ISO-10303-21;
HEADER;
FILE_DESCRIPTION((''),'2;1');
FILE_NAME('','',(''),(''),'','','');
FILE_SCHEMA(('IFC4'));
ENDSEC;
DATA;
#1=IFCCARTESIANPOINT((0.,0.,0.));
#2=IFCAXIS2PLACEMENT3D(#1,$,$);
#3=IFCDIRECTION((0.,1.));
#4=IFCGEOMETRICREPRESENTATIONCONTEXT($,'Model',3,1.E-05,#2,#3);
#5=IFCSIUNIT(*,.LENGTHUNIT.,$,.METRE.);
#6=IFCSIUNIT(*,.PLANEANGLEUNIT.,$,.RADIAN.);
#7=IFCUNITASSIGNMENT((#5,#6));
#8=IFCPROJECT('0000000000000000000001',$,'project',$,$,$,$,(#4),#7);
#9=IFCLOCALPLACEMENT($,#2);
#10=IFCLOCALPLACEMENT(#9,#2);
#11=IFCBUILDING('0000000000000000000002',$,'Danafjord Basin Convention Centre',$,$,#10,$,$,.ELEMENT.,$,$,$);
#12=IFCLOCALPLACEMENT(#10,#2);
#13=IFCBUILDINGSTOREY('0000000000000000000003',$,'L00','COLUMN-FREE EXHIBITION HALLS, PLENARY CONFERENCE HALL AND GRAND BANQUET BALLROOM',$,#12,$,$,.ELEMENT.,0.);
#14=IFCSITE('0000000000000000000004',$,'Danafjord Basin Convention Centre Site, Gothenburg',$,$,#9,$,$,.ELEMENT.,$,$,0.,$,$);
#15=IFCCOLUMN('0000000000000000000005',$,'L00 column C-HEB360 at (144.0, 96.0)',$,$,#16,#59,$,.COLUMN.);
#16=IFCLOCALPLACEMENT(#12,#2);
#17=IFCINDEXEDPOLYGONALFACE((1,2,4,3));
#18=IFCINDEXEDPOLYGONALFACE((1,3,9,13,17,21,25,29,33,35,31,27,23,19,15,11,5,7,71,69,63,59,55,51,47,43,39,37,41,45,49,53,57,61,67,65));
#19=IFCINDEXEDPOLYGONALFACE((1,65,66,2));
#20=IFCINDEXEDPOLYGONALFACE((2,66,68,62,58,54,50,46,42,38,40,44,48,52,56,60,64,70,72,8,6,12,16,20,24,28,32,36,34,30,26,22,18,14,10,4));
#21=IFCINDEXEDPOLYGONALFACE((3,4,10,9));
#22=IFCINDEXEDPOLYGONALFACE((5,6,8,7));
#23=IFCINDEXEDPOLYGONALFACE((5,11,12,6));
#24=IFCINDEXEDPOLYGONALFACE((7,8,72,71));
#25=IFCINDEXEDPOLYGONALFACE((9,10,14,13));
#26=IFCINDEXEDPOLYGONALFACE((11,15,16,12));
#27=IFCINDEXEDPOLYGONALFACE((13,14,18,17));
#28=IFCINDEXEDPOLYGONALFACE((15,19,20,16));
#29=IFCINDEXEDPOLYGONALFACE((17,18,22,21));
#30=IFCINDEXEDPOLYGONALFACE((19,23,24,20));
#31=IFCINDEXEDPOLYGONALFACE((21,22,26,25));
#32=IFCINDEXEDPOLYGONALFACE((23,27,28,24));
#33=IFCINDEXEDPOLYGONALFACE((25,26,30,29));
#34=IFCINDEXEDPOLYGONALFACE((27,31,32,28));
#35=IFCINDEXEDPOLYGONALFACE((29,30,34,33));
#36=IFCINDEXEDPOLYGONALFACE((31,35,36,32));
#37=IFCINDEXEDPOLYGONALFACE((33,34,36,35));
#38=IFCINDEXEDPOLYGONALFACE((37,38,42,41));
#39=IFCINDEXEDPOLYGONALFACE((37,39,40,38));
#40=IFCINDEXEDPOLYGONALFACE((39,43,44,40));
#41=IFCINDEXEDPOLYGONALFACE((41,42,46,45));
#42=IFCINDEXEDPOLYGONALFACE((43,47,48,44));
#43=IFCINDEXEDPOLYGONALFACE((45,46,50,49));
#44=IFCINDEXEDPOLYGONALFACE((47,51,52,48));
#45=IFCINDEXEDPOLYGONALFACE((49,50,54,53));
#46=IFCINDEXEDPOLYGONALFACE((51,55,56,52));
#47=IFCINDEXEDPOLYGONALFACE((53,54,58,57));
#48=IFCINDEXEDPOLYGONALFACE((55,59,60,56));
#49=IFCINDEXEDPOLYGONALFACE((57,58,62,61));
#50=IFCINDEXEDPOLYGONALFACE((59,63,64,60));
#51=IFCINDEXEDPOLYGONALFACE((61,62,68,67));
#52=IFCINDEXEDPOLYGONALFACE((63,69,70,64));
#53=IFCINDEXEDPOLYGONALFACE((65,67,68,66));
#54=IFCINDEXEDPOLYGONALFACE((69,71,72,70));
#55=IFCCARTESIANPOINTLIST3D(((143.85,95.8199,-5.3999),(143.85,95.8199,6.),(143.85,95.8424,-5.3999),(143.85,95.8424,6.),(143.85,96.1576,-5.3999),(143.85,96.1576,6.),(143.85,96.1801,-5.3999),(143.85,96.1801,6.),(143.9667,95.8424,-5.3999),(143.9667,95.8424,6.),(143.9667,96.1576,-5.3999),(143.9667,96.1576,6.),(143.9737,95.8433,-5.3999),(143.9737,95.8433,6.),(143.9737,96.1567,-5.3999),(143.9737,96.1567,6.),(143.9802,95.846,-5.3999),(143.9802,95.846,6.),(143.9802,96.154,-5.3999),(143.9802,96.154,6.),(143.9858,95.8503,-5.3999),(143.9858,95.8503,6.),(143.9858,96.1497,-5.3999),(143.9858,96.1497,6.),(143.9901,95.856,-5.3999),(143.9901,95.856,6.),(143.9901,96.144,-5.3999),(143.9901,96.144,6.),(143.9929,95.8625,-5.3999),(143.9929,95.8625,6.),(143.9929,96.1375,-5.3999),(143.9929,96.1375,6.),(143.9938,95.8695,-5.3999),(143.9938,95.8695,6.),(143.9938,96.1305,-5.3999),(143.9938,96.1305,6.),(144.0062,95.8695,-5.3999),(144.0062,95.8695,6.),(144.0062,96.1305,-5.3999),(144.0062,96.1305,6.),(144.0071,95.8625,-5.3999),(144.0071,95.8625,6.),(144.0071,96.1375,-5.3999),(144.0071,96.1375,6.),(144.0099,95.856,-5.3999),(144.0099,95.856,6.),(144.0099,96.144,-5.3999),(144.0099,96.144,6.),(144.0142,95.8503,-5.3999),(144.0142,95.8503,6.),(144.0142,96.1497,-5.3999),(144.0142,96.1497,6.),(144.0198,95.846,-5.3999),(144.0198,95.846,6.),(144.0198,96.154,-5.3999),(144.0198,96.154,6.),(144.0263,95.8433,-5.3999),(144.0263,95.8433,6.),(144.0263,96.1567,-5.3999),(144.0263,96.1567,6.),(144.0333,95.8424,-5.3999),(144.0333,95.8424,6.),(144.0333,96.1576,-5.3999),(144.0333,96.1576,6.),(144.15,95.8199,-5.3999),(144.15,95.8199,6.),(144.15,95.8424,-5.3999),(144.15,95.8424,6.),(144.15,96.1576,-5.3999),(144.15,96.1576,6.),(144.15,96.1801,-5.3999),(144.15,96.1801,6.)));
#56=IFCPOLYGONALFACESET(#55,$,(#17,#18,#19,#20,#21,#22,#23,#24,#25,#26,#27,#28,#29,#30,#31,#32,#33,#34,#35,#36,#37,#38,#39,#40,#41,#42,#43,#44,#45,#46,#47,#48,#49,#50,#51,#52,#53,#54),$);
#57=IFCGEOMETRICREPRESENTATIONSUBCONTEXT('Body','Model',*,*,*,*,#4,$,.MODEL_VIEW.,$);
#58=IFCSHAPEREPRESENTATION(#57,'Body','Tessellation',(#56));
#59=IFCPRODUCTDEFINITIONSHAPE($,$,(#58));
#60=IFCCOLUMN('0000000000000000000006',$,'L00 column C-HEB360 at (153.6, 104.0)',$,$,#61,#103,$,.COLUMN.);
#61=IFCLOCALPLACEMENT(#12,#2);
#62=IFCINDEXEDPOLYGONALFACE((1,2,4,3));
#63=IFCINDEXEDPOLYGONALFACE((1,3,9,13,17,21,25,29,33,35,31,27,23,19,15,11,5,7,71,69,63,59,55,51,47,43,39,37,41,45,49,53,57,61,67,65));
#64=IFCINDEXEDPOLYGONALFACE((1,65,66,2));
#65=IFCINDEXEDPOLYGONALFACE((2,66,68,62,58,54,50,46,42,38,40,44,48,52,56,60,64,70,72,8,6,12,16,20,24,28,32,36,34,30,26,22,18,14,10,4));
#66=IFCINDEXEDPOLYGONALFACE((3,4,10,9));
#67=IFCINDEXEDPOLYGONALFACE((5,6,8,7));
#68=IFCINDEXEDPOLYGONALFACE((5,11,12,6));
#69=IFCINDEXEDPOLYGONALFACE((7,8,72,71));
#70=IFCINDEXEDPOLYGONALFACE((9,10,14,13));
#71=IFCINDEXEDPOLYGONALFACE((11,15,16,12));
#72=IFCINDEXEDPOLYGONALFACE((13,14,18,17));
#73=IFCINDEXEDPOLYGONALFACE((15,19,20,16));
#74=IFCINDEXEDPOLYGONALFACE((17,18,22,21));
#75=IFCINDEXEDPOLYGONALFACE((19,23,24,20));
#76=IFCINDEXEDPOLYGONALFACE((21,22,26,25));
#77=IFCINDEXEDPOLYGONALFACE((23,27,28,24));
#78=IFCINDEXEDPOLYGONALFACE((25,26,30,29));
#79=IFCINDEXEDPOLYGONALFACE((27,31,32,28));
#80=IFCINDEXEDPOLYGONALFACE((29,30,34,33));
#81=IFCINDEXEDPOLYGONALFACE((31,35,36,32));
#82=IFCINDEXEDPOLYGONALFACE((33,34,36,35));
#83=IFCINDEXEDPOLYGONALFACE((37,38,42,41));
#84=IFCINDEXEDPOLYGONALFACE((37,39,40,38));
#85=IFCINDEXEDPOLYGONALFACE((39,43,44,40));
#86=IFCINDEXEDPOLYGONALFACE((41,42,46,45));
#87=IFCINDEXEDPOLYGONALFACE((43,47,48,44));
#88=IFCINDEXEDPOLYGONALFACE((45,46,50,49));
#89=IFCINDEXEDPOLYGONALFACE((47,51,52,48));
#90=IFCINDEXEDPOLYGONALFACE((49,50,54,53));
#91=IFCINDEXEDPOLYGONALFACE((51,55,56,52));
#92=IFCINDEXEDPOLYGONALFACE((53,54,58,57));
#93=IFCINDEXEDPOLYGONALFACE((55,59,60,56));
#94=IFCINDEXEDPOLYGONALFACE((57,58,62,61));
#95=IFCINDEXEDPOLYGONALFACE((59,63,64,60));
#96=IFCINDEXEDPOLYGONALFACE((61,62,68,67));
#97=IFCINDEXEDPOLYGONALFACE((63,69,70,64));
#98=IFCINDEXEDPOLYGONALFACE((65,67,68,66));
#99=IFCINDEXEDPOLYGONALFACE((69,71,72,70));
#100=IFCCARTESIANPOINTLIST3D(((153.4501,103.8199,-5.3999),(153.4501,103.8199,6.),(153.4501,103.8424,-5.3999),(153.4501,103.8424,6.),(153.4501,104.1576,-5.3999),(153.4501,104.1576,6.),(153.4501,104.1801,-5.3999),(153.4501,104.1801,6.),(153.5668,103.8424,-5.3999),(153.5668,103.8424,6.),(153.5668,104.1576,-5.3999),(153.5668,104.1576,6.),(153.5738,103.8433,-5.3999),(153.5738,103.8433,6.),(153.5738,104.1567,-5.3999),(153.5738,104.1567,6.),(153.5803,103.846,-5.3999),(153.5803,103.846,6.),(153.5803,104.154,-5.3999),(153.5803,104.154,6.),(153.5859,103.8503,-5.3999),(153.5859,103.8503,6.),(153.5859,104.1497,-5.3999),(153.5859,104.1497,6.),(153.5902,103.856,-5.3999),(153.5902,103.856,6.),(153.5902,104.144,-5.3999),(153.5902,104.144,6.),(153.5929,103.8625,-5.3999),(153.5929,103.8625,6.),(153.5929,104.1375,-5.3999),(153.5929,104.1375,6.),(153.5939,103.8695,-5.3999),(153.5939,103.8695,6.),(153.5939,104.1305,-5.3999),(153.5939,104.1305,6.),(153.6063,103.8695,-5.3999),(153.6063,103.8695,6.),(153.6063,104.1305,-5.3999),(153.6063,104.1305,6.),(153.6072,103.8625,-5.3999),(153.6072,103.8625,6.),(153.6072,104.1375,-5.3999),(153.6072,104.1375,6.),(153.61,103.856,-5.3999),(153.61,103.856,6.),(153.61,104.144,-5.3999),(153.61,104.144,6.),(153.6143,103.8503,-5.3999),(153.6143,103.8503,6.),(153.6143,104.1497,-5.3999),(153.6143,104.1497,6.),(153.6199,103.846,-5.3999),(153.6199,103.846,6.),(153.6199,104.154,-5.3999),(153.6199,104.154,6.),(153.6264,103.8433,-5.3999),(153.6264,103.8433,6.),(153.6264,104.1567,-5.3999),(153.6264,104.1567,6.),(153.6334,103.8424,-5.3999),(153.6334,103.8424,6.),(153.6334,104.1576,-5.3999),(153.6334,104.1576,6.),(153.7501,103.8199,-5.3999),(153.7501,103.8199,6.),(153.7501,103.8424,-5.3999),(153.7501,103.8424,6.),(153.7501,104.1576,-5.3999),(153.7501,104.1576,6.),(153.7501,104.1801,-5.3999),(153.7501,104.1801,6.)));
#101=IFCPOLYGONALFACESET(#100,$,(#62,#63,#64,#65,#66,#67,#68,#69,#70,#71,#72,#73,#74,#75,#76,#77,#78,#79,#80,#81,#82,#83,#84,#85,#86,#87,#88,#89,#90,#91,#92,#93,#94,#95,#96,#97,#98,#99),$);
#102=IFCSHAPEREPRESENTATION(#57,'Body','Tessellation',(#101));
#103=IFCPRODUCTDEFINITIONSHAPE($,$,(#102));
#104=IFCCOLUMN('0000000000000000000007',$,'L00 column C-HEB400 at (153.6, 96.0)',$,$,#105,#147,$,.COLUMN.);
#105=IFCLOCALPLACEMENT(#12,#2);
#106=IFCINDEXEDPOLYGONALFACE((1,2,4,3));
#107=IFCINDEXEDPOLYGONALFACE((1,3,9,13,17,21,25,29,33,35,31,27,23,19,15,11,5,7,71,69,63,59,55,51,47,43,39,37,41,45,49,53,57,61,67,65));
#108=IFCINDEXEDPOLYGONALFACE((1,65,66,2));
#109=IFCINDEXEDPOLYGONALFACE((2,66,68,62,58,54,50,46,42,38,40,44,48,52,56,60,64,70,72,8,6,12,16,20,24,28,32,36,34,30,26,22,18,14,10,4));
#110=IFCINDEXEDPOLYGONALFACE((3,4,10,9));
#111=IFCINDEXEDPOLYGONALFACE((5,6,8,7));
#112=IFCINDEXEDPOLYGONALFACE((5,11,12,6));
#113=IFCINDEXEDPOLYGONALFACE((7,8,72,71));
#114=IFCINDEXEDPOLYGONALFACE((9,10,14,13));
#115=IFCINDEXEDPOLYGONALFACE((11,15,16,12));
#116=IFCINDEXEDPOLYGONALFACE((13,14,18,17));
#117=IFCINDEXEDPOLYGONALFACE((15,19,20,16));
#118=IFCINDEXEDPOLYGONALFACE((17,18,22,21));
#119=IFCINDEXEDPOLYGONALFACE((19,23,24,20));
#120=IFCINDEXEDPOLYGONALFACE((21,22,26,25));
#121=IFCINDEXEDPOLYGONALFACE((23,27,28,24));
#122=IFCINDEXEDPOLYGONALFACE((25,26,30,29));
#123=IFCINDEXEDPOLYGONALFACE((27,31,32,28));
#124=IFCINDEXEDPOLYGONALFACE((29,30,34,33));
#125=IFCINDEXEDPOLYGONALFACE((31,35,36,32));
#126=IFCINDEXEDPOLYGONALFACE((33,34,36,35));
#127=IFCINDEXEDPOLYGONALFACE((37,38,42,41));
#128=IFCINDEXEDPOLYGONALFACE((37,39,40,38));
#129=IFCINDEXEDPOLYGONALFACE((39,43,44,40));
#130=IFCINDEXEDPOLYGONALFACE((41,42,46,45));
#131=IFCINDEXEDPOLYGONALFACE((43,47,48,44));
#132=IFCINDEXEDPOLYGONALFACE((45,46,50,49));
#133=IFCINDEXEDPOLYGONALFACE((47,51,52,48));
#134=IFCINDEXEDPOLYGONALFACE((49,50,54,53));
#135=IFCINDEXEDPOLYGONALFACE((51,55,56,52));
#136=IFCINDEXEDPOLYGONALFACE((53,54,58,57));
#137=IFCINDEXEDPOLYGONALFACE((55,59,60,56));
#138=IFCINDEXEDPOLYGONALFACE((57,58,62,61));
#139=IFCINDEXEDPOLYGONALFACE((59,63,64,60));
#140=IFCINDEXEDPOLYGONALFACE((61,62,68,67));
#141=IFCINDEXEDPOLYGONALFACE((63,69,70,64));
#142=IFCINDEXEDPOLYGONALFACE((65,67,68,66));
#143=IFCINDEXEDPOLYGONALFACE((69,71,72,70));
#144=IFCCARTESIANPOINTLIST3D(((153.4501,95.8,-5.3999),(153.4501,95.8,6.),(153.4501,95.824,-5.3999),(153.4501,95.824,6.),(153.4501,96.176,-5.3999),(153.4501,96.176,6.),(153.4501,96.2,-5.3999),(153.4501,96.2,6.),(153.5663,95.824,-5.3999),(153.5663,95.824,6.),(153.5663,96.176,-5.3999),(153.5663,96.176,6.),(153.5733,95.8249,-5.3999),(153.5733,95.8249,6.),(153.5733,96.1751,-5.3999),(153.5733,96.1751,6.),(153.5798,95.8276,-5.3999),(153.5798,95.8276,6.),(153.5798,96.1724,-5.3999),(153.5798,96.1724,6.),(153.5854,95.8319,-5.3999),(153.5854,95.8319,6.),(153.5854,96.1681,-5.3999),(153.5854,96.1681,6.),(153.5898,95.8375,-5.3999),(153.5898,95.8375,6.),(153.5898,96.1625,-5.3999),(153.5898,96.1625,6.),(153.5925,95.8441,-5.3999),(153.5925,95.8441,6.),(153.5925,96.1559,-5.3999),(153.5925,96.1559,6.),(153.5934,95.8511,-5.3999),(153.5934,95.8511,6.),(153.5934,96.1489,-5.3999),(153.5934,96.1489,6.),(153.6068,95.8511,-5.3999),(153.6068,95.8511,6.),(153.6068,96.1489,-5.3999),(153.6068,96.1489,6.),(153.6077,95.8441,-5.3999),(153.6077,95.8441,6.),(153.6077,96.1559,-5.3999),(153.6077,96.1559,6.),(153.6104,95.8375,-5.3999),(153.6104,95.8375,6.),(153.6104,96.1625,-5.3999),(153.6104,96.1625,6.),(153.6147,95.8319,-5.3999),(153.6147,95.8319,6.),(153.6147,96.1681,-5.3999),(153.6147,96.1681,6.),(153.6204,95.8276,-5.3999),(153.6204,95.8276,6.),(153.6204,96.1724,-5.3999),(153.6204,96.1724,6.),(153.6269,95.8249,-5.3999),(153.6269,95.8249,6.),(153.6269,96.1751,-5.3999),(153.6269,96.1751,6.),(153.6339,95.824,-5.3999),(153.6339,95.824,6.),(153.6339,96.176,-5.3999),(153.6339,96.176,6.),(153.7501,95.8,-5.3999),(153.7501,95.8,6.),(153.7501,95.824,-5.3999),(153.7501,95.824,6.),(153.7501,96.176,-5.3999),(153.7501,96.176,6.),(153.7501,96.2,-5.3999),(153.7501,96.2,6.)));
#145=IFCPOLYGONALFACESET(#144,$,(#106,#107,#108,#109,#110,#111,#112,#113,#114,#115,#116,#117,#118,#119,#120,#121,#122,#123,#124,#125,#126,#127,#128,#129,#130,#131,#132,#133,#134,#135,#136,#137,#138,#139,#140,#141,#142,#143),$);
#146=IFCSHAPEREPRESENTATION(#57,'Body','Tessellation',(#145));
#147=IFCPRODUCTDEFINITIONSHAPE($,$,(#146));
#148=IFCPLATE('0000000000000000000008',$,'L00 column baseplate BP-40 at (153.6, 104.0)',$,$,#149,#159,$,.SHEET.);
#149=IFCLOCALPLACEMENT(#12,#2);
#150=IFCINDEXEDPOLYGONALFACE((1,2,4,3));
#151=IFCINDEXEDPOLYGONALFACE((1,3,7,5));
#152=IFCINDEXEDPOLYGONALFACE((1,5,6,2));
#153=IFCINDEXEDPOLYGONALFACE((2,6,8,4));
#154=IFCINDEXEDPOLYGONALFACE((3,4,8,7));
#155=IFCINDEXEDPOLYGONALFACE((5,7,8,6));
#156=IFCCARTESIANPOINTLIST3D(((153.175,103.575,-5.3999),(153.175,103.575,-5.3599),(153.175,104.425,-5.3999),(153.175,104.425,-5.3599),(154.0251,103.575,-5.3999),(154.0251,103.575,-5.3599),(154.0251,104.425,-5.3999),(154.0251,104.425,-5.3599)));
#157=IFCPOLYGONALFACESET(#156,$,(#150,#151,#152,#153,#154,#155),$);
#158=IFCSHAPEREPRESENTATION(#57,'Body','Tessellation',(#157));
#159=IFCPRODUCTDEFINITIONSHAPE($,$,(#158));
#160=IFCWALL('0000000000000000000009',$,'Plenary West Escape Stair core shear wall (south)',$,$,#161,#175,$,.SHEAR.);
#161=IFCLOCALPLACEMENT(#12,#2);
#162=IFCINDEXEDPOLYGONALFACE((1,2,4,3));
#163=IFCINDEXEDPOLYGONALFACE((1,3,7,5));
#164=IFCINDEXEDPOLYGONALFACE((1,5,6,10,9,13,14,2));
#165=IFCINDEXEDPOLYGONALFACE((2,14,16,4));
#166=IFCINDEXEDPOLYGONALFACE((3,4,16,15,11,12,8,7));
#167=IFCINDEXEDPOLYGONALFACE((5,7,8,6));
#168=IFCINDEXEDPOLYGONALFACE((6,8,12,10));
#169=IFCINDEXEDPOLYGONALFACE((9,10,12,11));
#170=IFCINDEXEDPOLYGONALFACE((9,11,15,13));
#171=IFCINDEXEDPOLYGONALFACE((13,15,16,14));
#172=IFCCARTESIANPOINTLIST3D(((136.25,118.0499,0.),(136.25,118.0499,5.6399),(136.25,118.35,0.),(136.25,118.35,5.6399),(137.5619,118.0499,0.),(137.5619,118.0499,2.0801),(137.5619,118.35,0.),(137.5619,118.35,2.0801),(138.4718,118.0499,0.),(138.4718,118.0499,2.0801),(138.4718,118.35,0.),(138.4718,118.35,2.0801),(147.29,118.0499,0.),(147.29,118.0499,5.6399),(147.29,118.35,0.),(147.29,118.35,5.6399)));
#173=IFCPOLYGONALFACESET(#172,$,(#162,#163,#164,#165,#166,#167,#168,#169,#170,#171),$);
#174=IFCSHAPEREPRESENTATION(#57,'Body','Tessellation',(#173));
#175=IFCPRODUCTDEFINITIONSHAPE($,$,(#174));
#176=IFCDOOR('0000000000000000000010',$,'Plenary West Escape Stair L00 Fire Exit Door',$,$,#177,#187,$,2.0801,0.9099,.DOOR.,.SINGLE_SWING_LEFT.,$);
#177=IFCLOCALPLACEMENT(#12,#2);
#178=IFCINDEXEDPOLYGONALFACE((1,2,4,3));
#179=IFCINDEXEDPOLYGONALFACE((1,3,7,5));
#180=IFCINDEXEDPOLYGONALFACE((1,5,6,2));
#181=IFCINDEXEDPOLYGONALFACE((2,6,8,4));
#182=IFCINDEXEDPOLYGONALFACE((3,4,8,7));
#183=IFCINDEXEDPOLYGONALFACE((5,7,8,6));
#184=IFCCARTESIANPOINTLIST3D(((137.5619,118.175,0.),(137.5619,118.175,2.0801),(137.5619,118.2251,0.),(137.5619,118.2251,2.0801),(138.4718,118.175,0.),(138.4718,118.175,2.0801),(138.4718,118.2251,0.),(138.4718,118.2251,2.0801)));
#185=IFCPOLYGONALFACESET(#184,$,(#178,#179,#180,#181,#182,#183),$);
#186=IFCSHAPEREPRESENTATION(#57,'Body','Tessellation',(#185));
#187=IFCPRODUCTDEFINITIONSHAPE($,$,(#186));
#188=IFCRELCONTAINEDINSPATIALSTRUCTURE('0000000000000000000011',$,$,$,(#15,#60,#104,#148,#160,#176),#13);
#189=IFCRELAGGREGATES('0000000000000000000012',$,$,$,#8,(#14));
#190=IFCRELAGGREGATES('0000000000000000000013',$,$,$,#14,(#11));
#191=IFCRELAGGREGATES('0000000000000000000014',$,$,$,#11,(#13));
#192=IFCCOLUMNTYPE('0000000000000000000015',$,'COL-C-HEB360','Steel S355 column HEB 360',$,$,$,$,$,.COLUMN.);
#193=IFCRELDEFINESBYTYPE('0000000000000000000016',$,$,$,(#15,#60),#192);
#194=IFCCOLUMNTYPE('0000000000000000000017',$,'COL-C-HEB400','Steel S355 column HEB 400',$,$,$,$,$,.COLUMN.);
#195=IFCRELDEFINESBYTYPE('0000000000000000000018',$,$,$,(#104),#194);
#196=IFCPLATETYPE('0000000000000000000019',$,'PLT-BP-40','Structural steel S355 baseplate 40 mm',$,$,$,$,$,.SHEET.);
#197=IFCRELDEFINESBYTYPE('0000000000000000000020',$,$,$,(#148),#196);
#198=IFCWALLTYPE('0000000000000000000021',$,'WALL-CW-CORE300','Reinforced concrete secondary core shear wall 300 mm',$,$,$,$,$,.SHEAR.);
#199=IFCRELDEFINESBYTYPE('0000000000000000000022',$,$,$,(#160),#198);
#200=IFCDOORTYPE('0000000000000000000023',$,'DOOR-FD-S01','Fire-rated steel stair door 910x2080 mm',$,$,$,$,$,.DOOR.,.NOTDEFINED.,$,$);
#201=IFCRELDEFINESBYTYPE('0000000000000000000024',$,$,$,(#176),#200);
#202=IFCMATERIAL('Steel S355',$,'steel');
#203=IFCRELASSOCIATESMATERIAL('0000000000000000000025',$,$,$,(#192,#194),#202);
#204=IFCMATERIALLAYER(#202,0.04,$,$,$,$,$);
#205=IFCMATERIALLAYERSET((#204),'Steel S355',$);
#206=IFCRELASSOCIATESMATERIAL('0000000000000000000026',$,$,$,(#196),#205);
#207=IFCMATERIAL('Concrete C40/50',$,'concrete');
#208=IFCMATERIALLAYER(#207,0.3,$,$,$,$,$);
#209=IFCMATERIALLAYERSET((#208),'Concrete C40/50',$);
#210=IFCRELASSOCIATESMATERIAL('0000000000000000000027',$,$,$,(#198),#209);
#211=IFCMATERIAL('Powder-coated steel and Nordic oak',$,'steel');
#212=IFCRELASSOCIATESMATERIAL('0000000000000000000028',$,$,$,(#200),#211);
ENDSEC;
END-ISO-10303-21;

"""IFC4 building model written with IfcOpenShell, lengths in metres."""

from ifc_helpers import new_model, si_unit, direction, frame, frame_2d, origin, origin_2d, place, context, subcontext, project, spatial, rectangle, i_section, extrude, material, layer, layer_set, material_profile, profile_set, type_object, element, fill, save


model = new_model("IFC4")

# Units and contexts
model_context = context("Model", 3, precision=1e-05, world=origin(), true_north=direction((0.0, 1.0)))
body_context = subcontext(model_context, "Body", "Model", "MODEL_VIEW")
ifc_project = project(units=[si_unit("LENGTHUNIT", "METRE"), si_unit("PLANEANGLEUNIT", "RADIAN")], contexts=[model_context])

# Site, building, storey
site_placement = place(None, origin())
site = spatial("IfcSite", under=ifc_project, at=site_placement, Name="Danafjord Basin Convention Centre Site, Gothenburg", CompositionType="ELEMENT", RefElevation=0.0)
building_placement = place(site_placement, origin())
building = spatial("IfcBuilding", under=site, at=building_placement, Name="Danafjord Basin Convention Centre", CompositionType="ELEMENT")
storey_placement = place(building_placement, origin())
storey = spatial("IfcBuildingStorey", under=building, at=storey_placement, Name="L00", Description="COLUMN-FREE EXHIBITION HALLS, PLENARY CONFERENCE HALL AND GRAND BANQUET BALLROOM", CompositionType="ELEMENT", Elevation=0.0)

# Shared definitions
ifc_material_1 = material(Name="Concrete C40/50", Category="concrete")

# Columns
ifc_material_2 = material(Name="Steel S355", Category="steel")
ifc_material_profile_1 = material_profile(ifc_material_2, i_section(OverallWidth=0.3, OverallDepth=0.3601, WebThickness=0.0125, FlangeThickness=0.0225, FilletRadius=0.0271, at=origin_2d()), Name="HEB 360")
ifc_profile_set_1 = profile_set([ifc_material_profile_1], Name="Steel S355")
column_type_1 = type_object("IfcColumnType", Name="COL-C-HEB360", Description="Steel S355 column HEB 360", PredefinedType="COLUMN", material=ifc_profile_set_1)
for number, where, z_axis, x_axis, name in (
    (1, (144.0, 96.0, -5.3999), (0.0, 0.0, 1.0), (1.0, 0.0, 0.0), "L00 column C-HEB360 at (144.0, 96.0)"),
    (2, (153.6001, 104.0, -5.3999), (0.0, 0.0, 1.0), (1.0, 0.0, 0.0), "L00 column C-HEB360 at (153.6, 104.0)"),
):
    element("IfcColumn", number, at=place(storey_placement, frame(where, z_axis=z_axis, x_axis=x_axis)), inside=storey, type_object=column_type_1, Name=name, PredefinedType="COLUMN", context=body_context, shape_type="SweptSolid", body=[
        extrude(i_section(OverallWidth=0.3, OverallDepth=0.3601, WebThickness=0.0125, FlangeThickness=0.0225, FilletRadius=0.0271, at=origin_2d()), origin(), (0.0, 0.0, 1.0), 11.3999),
    ])
ifc_material_profile_2 = material_profile(ifc_material_2, i_section(OverallWidth=0.3, OverallDepth=0.3999, WebThickness=0.0134, FlangeThickness=0.0239, FilletRadius=0.0271, at=origin_2d()), Name="HEB 400")
ifc_profile_set_2 = profile_set([ifc_material_profile_2], Name="Steel S355")
column_type_2 = type_object("IfcColumnType", Name="COL-C-HEB400", Description="Steel S355 column HEB 400", PredefinedType="COLUMN", material=ifc_profile_set_2)
column_1_placement = place(storey_placement, frame((153.6001, 96.0, -5.3999), z_axis=(0.0, 0.0, 1.0), x_axis=(1.0, 0.0, 0.0)))
element("IfcColumn", 3, at=column_1_placement, inside=storey, type_object=column_type_2, Name="L00 column C-HEB400 at (153.6, 96.0)", PredefinedType="COLUMN", context=body_context, shape_type="SweptSolid", body=[
    extrude(i_section(OverallWidth=0.3, OverallDepth=0.3999, WebThickness=0.0134, FlangeThickness=0.0239, FilletRadius=0.0271, at=origin_2d()), origin(), (0.0, 0.0, 1.0), 11.3999),
])

# Plate
ifc_layer_1 = layer(ifc_material_2, 0.04)
ifc_layer_set_1 = layer_set([ifc_layer_1], Name="Steel S355")
plate_type = type_object("IfcPlateType", Name="PLT-BP-40", Description="Structural steel S355 baseplate 40 mm", PredefinedType="SHEET", material=ifc_layer_set_1)
plate_placement = place(storey_placement, frame((153.6001, 104.0, -5.3999), z_axis=(0.0, 0.0, 1.0), x_axis=(1.0, 0.0, 0.0)))
element("IfcPlate", 4, at=plate_placement, inside=storey, type_object=plate_type, Name="L00 column baseplate BP-40 at (153.6, 104.0)", PredefinedType="SHEET", context=body_context, shape_type="SweptSolid", body=[
    extrude(rectangle(XDim=0.8501, YDim=0.8501, at=origin_2d()), origin(), (0.0, 0.0, 1.0), 0.04),
])

# Wall, opening, door
ifc_layer_2 = layer(ifc_material_1, 0.3)
ifc_layer_set_2 = layer_set([ifc_layer_2], Name="Concrete C40/50")
wall_type = type_object("IfcWallType", Name="WALL-CW-CORE300", Description="Reinforced concrete secondary core shear wall 300 mm", PredefinedType="SHEAR", material=ifc_layer_set_2)
wall_placement = place(storey_placement, frame((147.29, 118.2, 0.0), z_axis=(0.0, 0.0, 1.0), x_axis=(-1.0, 0.0, 0.0)))
wall = element("IfcWall", 5, at=wall_placement, inside=storey, type_object=wall_type, Name="Plenary West Escape Stair core shear wall (south)", PredefinedType="SHEAR", context=body_context, shape_type="SweptSolid", body=[
    extrude(rectangle(XDim=11.04, YDim=0.3, at=frame_2d((5.52, 0.0))), origin(), (0.0, 0.0, 1.0), 5.6399),
])
opening_placement = place(wall_placement, frame((8.8181, 0.0, 0.0)))
opening = element("IfcOpeningElement", 6, at=opening_placement, cuts=wall, PredefinedType="OPENING", context=body_context, shape_type="SweptSolid", body=[
    extrude(rectangle(XDim=0.9099, YDim=2.0801, at=frame_2d((0.4551, 1.04))), frame((0.0, 0.1599, 0.0), z_axis=(0.0, -1.0, 0.0), x_axis=(1.0, 0.0, 0.0)), (0.0, 0.0, 1.0), 0.3201),
])
ifc_material_3 = material(Name="Powder-coated steel and Nordic oak", Category="steel")
door_type = type_object("IfcDoorType", Name="DOOR-FD-S01", Description="Fire-rated steel stair door 910x2080 mm", OperationType="NOTDEFINED", PredefinedType="DOOR", material=ifc_material_3)
door_placement = place(opening_placement, origin())
door = element("IfcDoor", 7, at=door_placement, inside=storey, type_object=door_type, Name="Plenary West Escape Stair L00 Fire Exit Door", OperationType="SINGLE_SWING_LEFT", OverallHeight=2.0801, OverallWidth=0.9099, PredefinedType="DOOR", context=body_context, shape_type="SweptSolid", body=[
    extrude(rectangle(XDim=0.9099, YDim=2.0801, at=frame_2d((0.4551, 1.04))), frame((0.0, 0.0249, 0.0), z_axis=(0.0, -1.0, 0.0), x_axis=(1.0, 0.0, 0.0)), (0.0, 0.0, 1.0), 0.05),
])
fill(opening, door)

save(model, "model.ifc")
